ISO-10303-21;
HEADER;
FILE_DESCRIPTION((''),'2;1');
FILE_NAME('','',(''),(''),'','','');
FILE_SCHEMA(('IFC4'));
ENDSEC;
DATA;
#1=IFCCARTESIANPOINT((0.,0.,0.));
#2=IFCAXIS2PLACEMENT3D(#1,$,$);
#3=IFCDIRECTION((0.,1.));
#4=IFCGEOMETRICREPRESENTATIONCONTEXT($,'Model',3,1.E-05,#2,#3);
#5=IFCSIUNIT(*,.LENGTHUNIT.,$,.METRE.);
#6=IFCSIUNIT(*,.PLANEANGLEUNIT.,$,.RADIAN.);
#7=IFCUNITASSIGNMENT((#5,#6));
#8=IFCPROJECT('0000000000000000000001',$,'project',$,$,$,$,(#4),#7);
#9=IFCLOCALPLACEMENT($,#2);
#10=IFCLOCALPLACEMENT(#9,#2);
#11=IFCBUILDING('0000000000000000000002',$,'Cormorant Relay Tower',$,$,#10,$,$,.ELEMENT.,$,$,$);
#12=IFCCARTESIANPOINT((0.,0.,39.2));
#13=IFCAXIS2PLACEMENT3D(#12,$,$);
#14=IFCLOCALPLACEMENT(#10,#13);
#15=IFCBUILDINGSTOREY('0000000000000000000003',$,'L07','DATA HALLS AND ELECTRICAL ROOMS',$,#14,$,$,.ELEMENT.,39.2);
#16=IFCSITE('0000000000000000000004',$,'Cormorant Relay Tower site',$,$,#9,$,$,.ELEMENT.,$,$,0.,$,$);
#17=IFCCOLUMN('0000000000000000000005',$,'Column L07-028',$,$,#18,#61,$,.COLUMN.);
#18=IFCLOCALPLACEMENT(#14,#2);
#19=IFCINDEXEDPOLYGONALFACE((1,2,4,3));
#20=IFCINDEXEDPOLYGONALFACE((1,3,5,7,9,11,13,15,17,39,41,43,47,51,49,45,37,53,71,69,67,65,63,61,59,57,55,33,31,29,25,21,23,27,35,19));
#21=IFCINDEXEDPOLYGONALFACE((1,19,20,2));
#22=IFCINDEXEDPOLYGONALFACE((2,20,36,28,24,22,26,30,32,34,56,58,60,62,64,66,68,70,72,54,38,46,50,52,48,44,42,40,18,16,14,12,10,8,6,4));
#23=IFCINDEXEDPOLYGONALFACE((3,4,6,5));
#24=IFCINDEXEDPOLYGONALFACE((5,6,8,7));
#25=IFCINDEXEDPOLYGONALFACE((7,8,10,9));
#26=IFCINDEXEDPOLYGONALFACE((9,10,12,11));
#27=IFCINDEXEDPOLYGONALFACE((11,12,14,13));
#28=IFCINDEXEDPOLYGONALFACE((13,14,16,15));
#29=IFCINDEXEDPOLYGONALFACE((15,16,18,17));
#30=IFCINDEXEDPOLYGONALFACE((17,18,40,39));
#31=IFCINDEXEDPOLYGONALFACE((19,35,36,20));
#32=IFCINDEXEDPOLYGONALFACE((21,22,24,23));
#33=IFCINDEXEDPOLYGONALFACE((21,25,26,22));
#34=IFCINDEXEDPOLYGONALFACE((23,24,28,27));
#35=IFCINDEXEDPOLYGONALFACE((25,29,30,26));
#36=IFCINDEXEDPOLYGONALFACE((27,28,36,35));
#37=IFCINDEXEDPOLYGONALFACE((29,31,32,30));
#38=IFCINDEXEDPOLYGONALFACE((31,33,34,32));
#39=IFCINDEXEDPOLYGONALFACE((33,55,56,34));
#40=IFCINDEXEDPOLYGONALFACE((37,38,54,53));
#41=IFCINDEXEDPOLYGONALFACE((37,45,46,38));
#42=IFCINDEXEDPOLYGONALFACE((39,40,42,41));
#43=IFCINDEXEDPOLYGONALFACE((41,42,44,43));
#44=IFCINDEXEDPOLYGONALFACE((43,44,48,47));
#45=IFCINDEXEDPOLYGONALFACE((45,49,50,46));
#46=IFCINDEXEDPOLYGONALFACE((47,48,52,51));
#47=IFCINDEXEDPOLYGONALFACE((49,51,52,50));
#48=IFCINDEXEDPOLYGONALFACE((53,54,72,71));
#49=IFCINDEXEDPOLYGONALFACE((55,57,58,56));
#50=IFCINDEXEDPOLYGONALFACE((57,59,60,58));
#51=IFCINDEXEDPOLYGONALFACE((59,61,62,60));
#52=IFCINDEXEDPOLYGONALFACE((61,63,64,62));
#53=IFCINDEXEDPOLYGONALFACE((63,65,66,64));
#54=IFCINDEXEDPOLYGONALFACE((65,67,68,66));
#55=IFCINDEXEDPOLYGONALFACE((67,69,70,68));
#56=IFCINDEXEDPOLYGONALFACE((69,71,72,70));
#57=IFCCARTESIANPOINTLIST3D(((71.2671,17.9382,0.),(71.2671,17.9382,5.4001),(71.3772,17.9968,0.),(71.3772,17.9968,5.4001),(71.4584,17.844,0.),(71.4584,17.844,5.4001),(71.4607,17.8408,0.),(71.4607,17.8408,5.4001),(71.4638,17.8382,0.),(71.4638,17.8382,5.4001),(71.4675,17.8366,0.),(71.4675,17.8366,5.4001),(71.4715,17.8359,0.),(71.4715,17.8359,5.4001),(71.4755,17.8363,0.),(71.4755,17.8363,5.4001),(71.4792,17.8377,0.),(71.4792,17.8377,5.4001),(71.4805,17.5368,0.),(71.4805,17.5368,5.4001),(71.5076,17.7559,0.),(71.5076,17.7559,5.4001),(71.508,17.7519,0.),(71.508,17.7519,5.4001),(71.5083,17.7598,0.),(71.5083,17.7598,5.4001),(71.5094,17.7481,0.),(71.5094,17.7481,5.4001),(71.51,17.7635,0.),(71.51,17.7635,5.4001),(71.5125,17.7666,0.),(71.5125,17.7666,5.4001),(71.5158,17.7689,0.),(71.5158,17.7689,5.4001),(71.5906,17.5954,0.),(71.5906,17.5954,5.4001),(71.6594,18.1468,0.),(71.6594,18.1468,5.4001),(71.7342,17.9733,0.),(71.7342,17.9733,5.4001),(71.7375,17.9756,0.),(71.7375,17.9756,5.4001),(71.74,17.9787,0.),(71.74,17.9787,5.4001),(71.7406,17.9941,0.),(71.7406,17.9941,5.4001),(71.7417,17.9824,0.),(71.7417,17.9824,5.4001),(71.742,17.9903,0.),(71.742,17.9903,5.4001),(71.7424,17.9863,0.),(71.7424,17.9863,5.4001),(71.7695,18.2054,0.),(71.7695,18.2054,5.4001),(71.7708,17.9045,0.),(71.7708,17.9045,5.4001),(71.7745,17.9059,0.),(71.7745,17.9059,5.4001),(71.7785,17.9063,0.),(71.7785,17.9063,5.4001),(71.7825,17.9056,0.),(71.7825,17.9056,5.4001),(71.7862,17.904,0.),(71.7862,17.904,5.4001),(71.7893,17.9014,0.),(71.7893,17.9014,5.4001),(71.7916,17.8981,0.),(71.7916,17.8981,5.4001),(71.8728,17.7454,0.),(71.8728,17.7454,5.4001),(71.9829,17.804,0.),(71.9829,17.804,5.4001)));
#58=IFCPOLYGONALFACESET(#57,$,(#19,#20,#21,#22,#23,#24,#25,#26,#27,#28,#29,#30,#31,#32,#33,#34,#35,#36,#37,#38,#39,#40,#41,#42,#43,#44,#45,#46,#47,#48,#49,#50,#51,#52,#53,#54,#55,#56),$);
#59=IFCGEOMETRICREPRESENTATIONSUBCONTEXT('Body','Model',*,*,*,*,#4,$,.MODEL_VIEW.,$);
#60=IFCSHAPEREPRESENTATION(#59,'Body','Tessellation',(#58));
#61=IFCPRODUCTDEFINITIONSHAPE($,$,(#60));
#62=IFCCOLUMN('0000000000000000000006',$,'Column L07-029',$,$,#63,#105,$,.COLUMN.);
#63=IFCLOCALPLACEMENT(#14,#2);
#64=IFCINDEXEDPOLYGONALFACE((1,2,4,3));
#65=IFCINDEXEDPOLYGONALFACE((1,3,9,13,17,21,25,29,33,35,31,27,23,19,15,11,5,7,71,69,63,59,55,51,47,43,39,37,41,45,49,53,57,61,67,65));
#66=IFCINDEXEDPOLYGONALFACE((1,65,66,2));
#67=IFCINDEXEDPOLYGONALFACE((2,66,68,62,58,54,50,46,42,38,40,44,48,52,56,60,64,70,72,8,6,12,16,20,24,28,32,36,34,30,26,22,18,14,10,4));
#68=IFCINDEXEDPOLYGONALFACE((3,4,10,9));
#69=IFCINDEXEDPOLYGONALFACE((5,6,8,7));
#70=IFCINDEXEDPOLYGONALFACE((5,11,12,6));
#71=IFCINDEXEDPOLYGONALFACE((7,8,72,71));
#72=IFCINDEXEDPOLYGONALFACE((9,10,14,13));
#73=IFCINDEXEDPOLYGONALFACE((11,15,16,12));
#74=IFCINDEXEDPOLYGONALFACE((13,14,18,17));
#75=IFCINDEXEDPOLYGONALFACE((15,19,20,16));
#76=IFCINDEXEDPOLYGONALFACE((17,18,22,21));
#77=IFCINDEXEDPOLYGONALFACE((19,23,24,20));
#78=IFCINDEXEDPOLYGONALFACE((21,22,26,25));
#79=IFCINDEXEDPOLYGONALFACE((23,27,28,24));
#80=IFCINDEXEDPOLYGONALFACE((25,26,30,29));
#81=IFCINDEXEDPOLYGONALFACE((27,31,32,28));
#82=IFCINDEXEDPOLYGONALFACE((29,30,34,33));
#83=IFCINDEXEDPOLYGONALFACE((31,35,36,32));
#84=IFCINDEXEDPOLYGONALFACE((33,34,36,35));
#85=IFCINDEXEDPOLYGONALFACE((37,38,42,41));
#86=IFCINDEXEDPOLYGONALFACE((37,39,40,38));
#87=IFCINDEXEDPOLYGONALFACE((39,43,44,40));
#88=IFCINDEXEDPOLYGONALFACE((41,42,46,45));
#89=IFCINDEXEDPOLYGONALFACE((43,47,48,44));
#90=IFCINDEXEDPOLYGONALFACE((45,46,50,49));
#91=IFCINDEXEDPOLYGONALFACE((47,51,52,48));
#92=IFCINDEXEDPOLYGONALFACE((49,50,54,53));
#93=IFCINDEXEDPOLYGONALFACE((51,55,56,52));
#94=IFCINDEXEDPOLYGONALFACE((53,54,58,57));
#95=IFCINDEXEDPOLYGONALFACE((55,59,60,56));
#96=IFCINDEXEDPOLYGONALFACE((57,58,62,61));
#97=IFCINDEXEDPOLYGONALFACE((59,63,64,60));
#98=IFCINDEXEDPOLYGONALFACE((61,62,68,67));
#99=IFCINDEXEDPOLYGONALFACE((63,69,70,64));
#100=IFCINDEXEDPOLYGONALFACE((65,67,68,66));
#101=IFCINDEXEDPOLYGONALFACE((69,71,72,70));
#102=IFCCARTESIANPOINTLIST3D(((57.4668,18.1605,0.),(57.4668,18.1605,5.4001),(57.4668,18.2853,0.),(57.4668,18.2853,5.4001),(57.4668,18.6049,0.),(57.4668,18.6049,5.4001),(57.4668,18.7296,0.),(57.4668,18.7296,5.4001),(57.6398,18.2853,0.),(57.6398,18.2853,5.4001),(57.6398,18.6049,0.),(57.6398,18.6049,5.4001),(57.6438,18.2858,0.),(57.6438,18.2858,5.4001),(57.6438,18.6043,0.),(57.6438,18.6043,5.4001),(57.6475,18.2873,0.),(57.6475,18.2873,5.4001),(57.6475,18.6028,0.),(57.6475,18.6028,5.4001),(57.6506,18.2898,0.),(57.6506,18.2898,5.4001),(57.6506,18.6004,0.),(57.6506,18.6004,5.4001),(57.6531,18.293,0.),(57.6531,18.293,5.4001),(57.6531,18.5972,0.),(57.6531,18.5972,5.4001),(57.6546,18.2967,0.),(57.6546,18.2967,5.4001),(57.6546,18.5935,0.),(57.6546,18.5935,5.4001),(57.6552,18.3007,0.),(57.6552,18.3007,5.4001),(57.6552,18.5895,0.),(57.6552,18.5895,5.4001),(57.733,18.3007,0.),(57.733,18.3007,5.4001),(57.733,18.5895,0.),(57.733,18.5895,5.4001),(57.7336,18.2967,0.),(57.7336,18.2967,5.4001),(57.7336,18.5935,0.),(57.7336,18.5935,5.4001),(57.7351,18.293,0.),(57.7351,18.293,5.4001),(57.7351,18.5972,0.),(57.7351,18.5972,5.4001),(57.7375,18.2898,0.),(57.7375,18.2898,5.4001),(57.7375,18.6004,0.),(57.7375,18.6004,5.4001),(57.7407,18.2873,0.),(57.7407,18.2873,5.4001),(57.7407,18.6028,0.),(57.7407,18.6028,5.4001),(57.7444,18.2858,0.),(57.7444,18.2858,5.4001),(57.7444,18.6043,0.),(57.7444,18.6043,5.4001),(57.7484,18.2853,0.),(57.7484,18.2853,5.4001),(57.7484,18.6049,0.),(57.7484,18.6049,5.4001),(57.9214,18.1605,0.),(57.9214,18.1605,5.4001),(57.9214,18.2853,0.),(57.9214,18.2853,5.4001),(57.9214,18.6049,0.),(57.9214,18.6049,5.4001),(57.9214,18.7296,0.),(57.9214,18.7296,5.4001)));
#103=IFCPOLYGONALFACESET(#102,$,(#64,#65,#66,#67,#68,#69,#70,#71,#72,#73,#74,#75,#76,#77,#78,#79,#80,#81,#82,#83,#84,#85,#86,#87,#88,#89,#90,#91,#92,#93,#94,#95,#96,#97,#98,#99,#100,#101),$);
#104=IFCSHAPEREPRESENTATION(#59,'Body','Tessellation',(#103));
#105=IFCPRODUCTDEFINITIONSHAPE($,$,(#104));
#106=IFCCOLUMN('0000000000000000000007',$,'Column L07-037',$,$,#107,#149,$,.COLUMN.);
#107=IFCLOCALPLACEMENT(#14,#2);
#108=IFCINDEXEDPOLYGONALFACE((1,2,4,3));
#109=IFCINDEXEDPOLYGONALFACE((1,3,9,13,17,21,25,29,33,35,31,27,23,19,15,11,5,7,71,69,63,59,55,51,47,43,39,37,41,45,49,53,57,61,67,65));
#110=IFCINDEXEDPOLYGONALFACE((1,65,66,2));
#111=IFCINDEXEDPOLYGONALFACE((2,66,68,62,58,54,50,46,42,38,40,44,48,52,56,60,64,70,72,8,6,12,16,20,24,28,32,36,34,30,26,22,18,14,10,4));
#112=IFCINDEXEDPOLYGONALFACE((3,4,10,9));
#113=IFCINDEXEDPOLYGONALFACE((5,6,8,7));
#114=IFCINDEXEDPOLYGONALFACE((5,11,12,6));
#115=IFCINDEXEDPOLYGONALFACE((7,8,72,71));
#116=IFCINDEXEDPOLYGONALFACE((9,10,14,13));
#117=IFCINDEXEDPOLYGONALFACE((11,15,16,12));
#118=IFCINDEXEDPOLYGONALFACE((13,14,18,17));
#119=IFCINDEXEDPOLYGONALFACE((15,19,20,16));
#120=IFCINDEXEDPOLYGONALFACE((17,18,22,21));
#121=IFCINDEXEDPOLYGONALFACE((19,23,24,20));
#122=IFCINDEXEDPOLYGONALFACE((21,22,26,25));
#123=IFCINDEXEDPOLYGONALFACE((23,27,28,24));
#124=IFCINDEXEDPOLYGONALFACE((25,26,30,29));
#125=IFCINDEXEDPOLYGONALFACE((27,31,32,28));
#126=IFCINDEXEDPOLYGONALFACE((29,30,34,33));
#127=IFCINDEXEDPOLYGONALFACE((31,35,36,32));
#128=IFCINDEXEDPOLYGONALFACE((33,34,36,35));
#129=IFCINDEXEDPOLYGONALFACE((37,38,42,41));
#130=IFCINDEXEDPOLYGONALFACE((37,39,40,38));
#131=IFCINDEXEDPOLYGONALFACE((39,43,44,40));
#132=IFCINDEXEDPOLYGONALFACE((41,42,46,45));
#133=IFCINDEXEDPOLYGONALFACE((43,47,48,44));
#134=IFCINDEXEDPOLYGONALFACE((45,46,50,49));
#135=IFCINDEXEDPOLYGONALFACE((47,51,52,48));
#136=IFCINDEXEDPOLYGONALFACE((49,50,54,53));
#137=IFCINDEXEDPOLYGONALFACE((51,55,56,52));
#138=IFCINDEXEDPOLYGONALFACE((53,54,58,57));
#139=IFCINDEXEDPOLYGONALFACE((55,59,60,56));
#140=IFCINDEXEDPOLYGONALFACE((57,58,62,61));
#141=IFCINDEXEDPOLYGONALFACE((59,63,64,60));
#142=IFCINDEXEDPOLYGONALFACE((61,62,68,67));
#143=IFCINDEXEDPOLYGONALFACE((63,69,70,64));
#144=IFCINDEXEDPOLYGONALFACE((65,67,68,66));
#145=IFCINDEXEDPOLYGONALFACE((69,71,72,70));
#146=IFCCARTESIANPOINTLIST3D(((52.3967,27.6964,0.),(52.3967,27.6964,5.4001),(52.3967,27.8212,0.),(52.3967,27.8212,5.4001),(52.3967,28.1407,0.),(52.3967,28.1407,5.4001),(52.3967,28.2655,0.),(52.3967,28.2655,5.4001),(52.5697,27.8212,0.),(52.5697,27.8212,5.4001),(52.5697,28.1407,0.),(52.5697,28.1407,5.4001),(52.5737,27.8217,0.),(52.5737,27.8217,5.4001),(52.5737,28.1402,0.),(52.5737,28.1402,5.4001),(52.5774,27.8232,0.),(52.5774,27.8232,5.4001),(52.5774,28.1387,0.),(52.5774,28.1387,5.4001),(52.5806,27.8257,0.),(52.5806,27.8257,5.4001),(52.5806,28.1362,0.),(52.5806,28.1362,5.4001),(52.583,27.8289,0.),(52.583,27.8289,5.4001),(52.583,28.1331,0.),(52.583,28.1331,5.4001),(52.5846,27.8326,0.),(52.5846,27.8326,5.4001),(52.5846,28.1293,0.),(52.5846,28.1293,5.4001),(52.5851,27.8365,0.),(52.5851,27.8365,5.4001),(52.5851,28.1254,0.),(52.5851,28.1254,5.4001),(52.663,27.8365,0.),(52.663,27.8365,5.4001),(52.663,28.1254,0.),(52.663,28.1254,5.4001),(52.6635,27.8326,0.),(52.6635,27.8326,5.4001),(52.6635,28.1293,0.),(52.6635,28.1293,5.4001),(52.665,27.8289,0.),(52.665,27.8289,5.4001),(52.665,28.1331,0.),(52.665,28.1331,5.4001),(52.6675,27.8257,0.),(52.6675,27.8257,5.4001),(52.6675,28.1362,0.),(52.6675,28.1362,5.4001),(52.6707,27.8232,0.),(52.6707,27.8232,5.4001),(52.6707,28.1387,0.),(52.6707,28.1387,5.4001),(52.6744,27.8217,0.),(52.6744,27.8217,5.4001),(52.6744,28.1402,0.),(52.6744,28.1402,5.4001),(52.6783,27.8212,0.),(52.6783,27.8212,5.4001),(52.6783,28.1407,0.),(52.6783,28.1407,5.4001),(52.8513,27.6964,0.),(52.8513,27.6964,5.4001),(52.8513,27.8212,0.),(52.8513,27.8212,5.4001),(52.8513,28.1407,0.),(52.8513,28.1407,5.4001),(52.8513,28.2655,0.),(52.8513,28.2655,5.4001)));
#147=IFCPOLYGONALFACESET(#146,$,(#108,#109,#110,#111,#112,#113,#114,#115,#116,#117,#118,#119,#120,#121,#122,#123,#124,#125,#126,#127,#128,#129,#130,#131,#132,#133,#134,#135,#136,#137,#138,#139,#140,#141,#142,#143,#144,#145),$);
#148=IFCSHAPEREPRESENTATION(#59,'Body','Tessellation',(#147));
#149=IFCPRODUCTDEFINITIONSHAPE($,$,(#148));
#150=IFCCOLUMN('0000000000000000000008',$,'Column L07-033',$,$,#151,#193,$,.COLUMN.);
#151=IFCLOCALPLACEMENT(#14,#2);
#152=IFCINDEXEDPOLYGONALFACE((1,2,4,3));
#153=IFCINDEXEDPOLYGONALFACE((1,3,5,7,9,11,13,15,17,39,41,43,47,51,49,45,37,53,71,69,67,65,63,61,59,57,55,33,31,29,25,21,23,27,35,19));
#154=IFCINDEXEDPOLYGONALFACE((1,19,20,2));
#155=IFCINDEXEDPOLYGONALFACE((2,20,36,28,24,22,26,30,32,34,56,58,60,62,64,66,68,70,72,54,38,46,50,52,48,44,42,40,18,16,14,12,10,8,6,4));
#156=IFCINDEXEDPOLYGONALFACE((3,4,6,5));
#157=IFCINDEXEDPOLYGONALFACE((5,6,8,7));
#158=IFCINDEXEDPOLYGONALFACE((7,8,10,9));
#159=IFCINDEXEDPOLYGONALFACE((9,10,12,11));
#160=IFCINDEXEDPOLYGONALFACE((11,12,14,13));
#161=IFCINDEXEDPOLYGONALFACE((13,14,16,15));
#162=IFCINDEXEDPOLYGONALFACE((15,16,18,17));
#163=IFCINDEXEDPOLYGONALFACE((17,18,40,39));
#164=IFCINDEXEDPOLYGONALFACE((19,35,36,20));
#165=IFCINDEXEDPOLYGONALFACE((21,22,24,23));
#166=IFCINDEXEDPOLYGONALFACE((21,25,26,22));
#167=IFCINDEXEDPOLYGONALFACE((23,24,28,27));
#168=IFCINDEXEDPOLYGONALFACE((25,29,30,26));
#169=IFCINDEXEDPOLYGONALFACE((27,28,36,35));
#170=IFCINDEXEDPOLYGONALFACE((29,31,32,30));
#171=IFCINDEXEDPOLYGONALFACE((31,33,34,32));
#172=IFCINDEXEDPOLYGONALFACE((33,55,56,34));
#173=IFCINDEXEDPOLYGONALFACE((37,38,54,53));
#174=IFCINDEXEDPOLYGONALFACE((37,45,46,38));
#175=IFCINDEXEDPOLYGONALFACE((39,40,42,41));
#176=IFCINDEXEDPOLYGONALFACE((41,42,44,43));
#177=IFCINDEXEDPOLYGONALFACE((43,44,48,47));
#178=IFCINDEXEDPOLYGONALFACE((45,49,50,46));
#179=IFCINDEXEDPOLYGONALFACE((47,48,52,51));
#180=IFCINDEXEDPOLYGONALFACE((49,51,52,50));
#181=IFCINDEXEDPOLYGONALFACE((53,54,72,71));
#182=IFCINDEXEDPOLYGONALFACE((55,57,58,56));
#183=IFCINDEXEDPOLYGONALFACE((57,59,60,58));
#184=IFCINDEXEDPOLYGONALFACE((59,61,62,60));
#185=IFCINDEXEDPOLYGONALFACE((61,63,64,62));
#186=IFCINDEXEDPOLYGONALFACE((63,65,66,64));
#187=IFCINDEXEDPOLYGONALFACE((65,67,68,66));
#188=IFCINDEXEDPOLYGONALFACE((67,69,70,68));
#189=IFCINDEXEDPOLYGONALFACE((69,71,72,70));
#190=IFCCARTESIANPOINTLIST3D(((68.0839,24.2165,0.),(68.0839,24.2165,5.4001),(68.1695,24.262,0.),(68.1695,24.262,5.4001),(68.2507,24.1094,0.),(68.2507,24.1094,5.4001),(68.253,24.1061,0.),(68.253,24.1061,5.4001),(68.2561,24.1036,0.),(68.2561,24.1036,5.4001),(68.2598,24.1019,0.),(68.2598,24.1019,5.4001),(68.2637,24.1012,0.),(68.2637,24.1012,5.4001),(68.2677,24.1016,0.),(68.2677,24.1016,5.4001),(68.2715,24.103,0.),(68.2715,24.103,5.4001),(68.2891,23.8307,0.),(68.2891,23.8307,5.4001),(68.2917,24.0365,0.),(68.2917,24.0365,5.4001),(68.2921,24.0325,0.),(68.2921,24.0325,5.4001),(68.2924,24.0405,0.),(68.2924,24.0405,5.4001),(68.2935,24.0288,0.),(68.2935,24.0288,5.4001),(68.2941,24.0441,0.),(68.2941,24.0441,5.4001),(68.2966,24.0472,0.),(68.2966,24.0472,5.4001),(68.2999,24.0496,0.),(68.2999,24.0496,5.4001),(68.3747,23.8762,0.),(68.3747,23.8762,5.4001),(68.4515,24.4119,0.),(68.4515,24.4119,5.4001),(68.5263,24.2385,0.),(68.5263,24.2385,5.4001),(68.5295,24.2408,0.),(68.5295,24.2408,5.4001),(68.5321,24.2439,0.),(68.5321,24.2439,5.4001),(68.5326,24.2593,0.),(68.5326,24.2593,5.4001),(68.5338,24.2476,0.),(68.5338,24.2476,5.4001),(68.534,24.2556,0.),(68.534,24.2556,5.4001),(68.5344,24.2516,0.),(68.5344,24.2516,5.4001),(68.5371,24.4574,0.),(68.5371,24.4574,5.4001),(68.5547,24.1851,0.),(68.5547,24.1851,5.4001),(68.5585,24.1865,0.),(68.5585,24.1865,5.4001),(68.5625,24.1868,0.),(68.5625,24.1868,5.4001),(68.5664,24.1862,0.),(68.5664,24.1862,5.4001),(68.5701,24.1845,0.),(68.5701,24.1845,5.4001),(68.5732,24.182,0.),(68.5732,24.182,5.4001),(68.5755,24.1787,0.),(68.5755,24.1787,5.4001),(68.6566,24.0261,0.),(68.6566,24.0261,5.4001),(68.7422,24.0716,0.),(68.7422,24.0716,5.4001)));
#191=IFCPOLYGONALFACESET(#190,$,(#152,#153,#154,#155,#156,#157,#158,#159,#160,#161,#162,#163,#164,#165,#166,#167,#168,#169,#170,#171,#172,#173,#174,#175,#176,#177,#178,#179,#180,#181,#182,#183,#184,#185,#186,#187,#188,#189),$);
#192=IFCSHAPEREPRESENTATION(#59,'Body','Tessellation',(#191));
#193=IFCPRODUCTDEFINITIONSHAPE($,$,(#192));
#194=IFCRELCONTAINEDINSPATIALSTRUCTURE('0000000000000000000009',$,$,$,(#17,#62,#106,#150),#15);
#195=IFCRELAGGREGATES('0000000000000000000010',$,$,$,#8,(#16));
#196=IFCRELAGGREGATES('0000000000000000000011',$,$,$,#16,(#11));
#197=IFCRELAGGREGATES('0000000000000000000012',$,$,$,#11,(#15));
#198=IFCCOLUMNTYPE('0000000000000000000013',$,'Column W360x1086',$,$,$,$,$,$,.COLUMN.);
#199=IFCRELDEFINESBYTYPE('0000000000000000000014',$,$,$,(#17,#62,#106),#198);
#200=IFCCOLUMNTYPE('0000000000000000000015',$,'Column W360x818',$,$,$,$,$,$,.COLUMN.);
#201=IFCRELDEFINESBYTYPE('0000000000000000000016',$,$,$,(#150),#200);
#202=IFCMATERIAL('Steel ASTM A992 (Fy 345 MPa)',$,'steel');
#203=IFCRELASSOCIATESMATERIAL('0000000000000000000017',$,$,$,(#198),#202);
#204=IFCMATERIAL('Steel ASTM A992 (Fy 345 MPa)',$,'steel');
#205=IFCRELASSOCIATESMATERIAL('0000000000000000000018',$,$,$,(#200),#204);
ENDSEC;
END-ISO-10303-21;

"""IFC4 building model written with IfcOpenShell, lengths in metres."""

from ifc_helpers import new_model, si_unit, direction, frame, origin, origin_2d, place, context, subcontext, project, spatial, i_section, extrude, material, material_profile, profile_set, type_object, element, save


model = new_model("IFC4")

# Units and contexts
model_context = context("Model", 3, precision=1e-05, world=origin(), true_north=direction((0.0, 1.0)))
body_context = subcontext(model_context, "Body", "Model", "MODEL_VIEW")
ifc_project = project(units=[si_unit("LENGTHUNIT", "METRE"), si_unit("PLANEANGLEUNIT", "RADIAN")], contexts=[model_context])

# Site, building, storey
site_placement = place(None, origin())
site = spatial("IfcSite", under=ifc_project, at=site_placement, Name="Cormorant Relay Tower site", CompositionType="ELEMENT", RefElevation=0.0)
building_placement = place(site_placement, origin())
building = spatial("IfcBuilding", under=site, at=building_placement, Name="Cormorant Relay Tower", CompositionType="ELEMENT")
storey_placement = place(building_placement, frame((0.0, 0.0, 39.2)))
storey = spatial("IfcBuildingStorey", under=building, at=storey_placement, Name="L07", Description="DATA HALLS AND ELECTRICAL ROOMS", CompositionType="ELEMENT", Elevation=39.2)

# Columns
ifc_material_1 = material(Name="Steel ASTM A992 (Fy 345 MPa)", Category="steel")
ifc_material_profile_1 = material_profile(ifc_material_1, i_section(OverallWidth=0.4546, OverallDepth=0.5691, WebThickness=0.0779, FlangeThickness=0.1248, FilletRadius=0.0154, at=origin_2d()), Name="W360x1086")
ifc_profile_set_1 = profile_set([ifc_material_profile_1], Name="Steel ASTM A992 (Fy 345 MPa)")
column_type_1 = type_object("IfcColumnType", Name="Column W360x1086", PredefinedType="COLUMN", material=ifc_profile_set_1)
for number, where, z_axis, x_axis, name in (
    (1, (71.625, 17.8711, 0.0), (0.0, 0.0, 1.0), (-0.469472, 0.882948, 0.0), "Column L07-028"),
    (2, (57.6941, 18.4451, 0.0), (0.0, 0.0, 1.0), (1.0, 0.0, 0.0), "Column L07-029"),
    (3, (52.624, 27.981, 0.0), (0.0, 0.0, 1.0), (1.0, 0.0, 0.0), "Column L07-037"),
):
    element("IfcColumn", number, at=place(storey_placement, frame(where, z_axis=z_axis, x_axis=x_axis)), inside=storey, type_object=column_type_1, Name=name, PredefinedType="COLUMN", context=body_context, shape_type="SweptSolid", body=[
        extrude(i_section(OverallWidth=0.4546, OverallDepth=0.5691, WebThickness=0.0779, FlangeThickness=0.1248, FilletRadius=0.0154, at=origin_2d()), origin(), (0.0, 0.0, 1.0), 5.4001),
    ])
ifc_material_2 = material(Name="Steel ASTM A992 (Fy 345 MPa)", Category="steel")
ifc_material_profile_2 = material_profile(ifc_material_2, i_section(OverallWidth=0.437, OverallDepth=0.5132, WebThickness=0.0605, FlangeThickness=0.0969, FilletRadius=0.0154, at=origin_2d()), Name="W360x818")
ifc_profile_set_2 = profile_set([ifc_material_profile_2], Name="Steel ASTM A992 (Fy 345 MPa)")
column_type_2 = type_object("IfcColumnType", Name="Column W360x818", PredefinedType="COLUMN", material=ifc_profile_set_2)
for number, where, z_axis, x_axis, name in (
    (4, (68.4131, 24.144, 0.0), (0.0, 0.0, 1.0), (-0.469472, 0.882948, 0.0), "Column L07-033"),
):
    element("IfcColumn", number, at=place(storey_placement, frame(where, z_axis=z_axis, x_axis=x_axis)), inside=storey, type_object=column_type_2, Name=name, PredefinedType="COLUMN", context=body_context, shape_type="SweptSolid", body=[
        extrude(i_section(OverallWidth=0.437, OverallDepth=0.5132, WebThickness=0.0605, FlangeThickness=0.0969, FilletRadius=0.0154, at=origin_2d()), origin(), (0.0, 0.0, 1.0), 5.4001),
    ])

save(model, "model.ifc")
